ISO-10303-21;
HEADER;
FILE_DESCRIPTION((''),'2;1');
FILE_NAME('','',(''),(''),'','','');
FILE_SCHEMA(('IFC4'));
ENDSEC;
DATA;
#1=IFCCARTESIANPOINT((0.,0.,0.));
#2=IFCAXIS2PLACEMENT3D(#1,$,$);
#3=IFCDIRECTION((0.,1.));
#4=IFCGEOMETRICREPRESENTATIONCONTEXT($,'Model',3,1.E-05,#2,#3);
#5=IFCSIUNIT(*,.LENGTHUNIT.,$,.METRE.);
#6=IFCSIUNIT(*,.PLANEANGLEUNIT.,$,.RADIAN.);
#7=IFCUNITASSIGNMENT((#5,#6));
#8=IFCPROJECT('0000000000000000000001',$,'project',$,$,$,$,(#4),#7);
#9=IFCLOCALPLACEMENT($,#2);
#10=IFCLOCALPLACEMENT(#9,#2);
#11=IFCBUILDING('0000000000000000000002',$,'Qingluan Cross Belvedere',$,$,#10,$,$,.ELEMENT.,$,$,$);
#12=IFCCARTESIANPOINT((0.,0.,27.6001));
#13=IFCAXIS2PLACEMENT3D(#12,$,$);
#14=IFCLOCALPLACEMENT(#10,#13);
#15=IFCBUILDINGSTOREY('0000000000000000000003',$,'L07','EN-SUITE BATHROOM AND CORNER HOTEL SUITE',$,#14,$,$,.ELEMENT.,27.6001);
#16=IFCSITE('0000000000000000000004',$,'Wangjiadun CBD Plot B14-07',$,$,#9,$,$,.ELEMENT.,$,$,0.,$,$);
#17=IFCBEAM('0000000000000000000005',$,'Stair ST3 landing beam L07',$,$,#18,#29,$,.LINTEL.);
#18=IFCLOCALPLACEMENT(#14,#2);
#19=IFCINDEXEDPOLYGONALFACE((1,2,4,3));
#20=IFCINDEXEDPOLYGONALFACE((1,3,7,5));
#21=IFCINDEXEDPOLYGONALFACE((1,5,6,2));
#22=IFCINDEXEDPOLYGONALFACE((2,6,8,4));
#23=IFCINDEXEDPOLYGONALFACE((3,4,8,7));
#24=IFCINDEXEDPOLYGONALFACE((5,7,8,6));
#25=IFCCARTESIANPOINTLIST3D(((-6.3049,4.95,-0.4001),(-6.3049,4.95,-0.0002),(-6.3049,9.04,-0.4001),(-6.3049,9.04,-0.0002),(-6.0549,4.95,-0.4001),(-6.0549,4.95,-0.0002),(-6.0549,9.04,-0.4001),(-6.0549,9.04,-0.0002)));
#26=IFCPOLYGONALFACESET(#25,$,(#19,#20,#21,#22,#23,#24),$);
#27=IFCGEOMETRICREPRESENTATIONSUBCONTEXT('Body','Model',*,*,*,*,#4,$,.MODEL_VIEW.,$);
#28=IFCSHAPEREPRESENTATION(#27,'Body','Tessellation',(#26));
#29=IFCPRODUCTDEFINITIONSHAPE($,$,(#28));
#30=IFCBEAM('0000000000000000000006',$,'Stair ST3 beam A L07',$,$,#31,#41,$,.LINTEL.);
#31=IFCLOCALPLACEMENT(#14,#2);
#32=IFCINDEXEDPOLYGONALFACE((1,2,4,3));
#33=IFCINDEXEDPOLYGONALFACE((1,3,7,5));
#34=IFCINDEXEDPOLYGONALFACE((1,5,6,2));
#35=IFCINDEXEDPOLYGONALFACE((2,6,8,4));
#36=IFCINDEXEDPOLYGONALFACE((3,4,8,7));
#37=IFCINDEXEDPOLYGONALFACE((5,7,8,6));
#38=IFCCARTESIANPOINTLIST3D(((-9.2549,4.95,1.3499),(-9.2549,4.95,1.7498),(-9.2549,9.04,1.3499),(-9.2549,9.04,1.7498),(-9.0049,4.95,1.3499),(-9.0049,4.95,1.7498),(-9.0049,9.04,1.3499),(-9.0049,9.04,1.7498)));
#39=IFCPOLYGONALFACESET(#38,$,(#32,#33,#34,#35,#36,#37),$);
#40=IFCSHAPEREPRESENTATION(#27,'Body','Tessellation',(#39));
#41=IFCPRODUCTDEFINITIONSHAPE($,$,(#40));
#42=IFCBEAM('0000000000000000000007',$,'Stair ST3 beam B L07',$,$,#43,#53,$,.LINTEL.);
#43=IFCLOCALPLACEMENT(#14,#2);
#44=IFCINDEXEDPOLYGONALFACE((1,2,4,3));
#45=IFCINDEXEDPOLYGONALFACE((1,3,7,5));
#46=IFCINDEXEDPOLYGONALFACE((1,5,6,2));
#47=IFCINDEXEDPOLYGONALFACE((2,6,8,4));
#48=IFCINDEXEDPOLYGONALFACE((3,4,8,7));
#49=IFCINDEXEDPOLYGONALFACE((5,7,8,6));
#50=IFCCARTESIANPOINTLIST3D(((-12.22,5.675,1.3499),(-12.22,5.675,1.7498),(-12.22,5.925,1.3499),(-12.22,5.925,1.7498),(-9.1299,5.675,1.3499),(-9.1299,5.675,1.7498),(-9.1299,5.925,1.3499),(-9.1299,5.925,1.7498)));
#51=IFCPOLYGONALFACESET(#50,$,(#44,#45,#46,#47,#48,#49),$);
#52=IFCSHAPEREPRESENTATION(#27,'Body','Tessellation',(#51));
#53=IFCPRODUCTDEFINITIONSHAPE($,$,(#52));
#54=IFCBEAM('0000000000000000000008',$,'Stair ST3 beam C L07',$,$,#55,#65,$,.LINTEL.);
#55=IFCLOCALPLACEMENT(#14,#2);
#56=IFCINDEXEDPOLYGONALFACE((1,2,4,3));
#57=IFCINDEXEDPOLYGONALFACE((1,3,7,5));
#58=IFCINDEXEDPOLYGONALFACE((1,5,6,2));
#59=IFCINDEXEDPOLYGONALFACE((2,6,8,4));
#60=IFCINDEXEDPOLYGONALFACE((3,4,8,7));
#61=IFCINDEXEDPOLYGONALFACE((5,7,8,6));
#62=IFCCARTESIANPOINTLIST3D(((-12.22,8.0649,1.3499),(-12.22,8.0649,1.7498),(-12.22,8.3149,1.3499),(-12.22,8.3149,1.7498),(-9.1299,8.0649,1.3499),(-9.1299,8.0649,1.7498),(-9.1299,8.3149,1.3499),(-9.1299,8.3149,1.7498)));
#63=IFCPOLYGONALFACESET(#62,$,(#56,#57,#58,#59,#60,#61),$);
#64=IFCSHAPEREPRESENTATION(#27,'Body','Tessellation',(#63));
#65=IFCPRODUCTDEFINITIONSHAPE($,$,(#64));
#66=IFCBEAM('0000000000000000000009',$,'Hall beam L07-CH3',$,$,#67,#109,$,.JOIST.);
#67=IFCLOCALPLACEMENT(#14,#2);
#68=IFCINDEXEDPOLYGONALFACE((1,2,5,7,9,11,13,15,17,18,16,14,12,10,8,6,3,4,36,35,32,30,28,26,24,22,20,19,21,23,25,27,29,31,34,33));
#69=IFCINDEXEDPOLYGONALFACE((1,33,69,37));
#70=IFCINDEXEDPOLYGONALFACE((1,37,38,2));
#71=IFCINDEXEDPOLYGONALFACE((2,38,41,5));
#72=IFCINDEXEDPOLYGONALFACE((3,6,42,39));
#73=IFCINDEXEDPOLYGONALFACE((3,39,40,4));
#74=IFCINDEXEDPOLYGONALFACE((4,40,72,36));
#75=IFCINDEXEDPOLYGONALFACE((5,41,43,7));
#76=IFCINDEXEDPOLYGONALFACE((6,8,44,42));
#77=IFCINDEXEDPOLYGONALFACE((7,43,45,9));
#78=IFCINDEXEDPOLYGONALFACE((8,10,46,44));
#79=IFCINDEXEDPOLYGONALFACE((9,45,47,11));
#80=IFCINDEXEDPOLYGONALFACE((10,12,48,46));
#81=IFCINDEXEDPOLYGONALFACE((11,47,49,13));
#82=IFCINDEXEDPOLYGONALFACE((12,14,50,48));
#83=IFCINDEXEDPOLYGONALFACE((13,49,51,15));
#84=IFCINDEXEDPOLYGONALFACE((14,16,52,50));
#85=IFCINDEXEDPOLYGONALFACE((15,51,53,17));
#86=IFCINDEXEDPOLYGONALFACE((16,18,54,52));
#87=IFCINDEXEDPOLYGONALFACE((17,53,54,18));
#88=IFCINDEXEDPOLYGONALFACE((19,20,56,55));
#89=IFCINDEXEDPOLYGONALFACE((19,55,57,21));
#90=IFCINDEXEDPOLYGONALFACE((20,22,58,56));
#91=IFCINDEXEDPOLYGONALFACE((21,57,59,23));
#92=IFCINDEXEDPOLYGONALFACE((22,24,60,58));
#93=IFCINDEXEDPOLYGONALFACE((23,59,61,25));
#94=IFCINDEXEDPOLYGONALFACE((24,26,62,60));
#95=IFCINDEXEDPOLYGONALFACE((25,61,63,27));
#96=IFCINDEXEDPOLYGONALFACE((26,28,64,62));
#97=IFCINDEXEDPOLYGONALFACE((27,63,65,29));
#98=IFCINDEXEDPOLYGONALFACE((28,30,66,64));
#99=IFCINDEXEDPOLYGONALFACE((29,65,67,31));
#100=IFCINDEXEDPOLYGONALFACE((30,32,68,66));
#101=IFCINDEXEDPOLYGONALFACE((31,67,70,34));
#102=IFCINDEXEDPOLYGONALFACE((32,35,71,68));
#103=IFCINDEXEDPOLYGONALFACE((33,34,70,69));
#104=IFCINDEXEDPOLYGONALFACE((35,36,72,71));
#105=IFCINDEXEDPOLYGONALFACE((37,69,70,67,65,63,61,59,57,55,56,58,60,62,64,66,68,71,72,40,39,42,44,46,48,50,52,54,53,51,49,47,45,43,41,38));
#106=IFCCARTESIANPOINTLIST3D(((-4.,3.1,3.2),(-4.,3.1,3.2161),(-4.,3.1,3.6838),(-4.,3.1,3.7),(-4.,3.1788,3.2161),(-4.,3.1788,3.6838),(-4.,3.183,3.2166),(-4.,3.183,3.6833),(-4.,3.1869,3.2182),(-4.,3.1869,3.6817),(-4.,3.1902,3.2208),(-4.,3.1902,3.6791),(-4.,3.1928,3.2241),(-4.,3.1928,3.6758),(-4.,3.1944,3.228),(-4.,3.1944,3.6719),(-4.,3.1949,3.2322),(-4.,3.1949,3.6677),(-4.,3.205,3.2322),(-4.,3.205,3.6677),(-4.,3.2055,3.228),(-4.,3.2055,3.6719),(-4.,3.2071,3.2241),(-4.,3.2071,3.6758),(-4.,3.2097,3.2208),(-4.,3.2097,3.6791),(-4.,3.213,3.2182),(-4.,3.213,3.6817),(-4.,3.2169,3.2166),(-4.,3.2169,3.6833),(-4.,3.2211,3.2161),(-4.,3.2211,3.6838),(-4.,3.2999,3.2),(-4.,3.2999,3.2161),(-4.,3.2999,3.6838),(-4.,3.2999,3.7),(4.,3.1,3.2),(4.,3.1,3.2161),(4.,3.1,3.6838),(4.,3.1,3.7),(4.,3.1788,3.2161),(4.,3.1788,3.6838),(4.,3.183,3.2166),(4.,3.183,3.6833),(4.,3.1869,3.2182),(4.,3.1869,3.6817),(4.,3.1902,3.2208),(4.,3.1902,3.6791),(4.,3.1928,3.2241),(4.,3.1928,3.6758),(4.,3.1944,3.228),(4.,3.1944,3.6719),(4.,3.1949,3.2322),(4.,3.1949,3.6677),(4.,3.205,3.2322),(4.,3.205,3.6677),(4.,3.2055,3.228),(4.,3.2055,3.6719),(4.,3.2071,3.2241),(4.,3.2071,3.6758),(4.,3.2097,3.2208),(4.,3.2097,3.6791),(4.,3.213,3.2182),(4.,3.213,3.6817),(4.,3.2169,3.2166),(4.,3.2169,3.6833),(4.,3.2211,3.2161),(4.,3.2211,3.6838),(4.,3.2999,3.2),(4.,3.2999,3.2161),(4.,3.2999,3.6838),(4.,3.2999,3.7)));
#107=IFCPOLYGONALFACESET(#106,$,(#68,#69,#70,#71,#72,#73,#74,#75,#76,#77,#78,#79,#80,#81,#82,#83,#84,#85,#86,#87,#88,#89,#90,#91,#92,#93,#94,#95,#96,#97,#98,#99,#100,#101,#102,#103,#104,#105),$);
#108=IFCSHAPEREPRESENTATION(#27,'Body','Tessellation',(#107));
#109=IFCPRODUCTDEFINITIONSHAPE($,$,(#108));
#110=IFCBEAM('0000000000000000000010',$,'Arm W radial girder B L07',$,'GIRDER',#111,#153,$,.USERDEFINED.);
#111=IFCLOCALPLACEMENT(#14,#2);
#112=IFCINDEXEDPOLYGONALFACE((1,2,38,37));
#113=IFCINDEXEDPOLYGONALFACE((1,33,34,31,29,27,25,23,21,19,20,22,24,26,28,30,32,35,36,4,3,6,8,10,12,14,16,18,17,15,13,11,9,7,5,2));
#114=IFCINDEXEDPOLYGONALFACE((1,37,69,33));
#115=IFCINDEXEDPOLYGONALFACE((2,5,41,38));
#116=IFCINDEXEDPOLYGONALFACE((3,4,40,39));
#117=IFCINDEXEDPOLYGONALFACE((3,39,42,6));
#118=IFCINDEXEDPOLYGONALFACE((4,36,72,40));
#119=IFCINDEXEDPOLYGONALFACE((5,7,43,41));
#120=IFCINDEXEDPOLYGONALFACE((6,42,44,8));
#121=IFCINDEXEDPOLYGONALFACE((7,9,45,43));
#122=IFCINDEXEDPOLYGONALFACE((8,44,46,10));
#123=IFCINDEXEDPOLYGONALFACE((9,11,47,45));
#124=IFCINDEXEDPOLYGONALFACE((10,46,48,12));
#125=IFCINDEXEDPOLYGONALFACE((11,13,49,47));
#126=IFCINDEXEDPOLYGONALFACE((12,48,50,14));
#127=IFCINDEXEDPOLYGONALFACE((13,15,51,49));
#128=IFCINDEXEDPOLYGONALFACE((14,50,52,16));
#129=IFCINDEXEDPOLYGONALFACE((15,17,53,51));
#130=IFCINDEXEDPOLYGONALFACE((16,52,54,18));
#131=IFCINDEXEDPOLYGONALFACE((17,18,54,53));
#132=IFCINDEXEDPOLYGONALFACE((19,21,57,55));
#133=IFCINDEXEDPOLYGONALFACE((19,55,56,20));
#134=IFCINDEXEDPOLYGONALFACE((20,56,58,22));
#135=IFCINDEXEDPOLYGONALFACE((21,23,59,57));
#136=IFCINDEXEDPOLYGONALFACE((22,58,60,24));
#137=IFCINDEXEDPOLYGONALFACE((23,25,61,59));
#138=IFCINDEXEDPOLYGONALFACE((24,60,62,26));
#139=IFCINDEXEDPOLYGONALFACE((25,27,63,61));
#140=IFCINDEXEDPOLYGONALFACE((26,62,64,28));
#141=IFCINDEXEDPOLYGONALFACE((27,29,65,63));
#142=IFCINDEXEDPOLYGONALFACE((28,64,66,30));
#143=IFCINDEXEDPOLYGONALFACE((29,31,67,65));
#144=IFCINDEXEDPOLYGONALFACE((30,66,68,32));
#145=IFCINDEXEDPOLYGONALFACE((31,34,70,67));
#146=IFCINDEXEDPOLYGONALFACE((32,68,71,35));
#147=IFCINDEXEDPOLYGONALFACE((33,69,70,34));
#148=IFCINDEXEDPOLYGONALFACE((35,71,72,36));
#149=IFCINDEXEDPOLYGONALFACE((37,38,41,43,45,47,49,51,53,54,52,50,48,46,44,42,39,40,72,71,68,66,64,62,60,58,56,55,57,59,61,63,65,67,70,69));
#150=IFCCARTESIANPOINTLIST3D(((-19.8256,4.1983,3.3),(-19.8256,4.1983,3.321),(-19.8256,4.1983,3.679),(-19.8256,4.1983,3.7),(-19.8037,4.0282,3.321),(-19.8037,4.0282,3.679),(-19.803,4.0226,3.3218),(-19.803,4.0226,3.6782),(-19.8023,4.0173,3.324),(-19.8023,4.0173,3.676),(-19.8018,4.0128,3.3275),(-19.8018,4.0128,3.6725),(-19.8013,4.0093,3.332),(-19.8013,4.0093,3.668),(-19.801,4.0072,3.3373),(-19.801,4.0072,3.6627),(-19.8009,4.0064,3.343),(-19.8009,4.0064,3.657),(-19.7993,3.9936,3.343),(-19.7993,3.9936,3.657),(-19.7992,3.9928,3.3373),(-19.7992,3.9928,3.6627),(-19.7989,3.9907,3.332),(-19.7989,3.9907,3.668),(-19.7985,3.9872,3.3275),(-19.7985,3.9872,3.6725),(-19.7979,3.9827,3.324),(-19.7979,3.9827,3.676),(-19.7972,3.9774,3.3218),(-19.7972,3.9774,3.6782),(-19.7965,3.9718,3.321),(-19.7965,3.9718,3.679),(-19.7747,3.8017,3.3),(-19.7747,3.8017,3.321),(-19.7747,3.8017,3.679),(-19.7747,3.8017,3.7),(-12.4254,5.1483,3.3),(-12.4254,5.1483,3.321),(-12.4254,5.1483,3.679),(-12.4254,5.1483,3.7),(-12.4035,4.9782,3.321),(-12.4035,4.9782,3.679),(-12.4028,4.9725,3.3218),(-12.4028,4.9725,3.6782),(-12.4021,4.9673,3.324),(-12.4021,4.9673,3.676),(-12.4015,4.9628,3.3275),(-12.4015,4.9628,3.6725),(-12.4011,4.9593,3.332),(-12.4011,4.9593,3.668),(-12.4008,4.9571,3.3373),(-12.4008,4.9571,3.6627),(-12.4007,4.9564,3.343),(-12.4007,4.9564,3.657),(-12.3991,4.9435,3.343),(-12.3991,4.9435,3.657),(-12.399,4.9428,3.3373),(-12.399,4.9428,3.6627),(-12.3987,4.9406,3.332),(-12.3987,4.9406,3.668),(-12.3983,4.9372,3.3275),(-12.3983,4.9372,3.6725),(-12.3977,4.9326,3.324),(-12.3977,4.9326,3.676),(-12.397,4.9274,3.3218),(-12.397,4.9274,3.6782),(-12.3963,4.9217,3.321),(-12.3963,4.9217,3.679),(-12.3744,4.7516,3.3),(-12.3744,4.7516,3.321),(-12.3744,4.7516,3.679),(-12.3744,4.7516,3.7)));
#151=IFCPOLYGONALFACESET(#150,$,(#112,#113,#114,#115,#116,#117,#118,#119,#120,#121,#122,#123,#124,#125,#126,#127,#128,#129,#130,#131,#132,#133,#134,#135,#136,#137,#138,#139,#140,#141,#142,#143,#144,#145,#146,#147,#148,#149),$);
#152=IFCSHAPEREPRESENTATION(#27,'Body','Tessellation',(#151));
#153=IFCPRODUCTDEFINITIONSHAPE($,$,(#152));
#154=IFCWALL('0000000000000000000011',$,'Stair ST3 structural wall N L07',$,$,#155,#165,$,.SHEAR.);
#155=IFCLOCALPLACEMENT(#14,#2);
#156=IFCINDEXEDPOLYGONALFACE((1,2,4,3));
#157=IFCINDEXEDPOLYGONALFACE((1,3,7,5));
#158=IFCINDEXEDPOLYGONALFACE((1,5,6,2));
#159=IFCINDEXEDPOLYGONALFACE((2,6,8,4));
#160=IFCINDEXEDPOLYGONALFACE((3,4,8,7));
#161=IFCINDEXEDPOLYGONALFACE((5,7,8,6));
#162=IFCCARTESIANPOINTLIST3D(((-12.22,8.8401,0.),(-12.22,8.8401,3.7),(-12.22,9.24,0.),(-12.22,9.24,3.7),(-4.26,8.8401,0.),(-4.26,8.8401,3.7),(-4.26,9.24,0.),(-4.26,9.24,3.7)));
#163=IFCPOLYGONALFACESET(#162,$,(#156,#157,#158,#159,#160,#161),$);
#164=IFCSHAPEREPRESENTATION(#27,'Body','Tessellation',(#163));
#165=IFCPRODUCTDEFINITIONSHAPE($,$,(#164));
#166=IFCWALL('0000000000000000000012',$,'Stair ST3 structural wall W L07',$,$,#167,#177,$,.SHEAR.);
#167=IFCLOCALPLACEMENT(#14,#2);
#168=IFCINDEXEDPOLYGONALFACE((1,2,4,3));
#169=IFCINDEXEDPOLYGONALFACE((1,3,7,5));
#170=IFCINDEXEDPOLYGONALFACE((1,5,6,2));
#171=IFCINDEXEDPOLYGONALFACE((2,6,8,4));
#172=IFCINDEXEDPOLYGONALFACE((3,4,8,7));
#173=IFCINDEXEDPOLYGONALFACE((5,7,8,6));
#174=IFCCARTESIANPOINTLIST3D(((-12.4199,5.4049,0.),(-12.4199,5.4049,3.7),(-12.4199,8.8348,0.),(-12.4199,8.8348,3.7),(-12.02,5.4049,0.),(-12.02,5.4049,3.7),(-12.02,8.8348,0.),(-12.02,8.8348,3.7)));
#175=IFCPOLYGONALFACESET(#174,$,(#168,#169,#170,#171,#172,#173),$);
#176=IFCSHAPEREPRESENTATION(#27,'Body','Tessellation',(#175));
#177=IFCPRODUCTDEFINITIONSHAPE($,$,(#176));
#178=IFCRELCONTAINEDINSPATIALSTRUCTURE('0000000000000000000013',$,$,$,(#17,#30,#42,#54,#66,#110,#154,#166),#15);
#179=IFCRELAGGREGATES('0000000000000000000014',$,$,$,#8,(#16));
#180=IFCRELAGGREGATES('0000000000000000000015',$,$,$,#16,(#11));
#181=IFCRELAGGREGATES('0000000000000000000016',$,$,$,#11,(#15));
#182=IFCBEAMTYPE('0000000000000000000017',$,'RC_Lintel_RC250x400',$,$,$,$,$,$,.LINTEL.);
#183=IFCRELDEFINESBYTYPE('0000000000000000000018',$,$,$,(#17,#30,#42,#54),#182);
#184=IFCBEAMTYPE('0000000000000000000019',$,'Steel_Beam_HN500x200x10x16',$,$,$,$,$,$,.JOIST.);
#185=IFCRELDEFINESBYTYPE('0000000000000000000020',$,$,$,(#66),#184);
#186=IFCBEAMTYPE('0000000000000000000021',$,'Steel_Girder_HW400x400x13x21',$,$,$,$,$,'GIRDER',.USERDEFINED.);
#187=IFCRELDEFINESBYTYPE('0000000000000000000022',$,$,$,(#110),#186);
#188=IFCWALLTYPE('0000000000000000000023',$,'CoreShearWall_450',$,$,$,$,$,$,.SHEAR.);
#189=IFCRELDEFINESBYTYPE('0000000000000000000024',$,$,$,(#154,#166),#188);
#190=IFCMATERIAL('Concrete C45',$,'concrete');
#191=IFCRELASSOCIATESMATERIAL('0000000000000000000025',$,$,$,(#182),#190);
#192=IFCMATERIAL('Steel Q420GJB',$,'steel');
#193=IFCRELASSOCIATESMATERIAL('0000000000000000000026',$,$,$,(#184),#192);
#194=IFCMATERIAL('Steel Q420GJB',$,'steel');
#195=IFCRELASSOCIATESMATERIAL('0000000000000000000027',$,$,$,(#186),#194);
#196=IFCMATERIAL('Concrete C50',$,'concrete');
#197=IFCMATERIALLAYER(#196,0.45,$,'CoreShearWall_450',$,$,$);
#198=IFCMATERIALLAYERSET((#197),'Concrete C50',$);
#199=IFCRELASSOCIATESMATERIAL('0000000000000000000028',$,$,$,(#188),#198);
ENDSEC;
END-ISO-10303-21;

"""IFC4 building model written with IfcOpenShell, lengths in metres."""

from ifc_helpers import new_model, si_unit, direction, frame, frame_2d, origin, origin_2d, place, context, subcontext, project, spatial, rectangle, i_section, extrude, material, layer, layer_set, material_profile, profile_set, type_object, element, save


model = new_model("IFC4")

# Units and contexts
model_context = context("Model", 3, precision=1e-05, world=origin(), true_north=direction((0.0, 1.0)))
body_context = subcontext(model_context, "Body", "Model", "MODEL_VIEW")
ifc_project = project(units=[si_unit("LENGTHUNIT", "METRE"), si_unit("PLANEANGLEUNIT", "RADIAN")], contexts=[model_context])

# Site, building, storey
site_placement = place(None, origin())
site = spatial("IfcSite", under=ifc_project, at=site_placement, Name="Wangjiadun CBD Plot B14-07", CompositionType="ELEMENT", RefElevation=0.0)
building_placement = place(site_placement, origin())
building = spatial("IfcBuilding", under=site, at=building_placement, Name="Qingluan Cross Belvedere", CompositionType="ELEMENT")
storey_placement = place(building_placement, frame((0.0, 0.0, 27.6001)))
storey = spatial("IfcBuildingStorey", under=building, at=storey_placement, Name="L07", Description="EN-SUITE BATHROOM AND CORNER HOTEL SUITE", CompositionType="ELEMENT", Elevation=27.6001)

# Beams
ifc_material_1 = material(Name="Concrete C45", Category="concrete")
ifc_material_profile_1 = material_profile(ifc_material_1, rectangle(XDim=0.25, YDim=0.3999, at=origin_2d()), Name="RC250x400")
ifc_profile_set_1 = profile_set([ifc_material_profile_1], Name="Concrete C45")
beam_type_1 = type_object("IfcBeamType", Name="RC_Lintel_RC250x400", PredefinedType="LINTEL", material=ifc_profile_set_1)
for number, where, z_axis, x_axis, name in (
    (1, (-6.1799, 4.95, -0.2002), (0.0, 1.0, 0.0), (-1.0, 0.0, 0.0), "Stair ST3 landing beam L07"),
    (2, (-9.1299, 4.95, 1.5498), (0.0, 1.0, 0.0), (-1.0, 0.0, 0.0), "Stair ST3 beam A L07"),
):
    element("IfcBeam", number, at=place(storey_placement, frame(where, z_axis=z_axis, x_axis=x_axis)), inside=storey, type_object=beam_type_1, Name=name, PredefinedType="LINTEL", context=body_context, shape_type="SweptSolid", body=[
        extrude(rectangle(XDim=0.25, YDim=0.3999, at=origin_2d()), origin(), (0.0, 0.0, 1.0), 4.0901),
    ])
for number, where, z_axis, x_axis, name in (
    (3, (-12.22, 5.8, 1.5498), (1.0, 0.0, 0.0), (0.0, 1.0, 0.0), "Stair ST3 beam B L07"),
    (4, (-12.22, 8.1899, 1.5498), (1.0, 0.0, 0.0), (0.0, 1.0, 0.0), "Stair ST3 beam C L07"),
):
    element("IfcBeam", number, at=place(storey_placement, frame(where, z_axis=z_axis, x_axis=x_axis)), inside=storey, type_object=beam_type_1, Name=name, PredefinedType="LINTEL", context=body_context, shape_type="SweptSolid", body=[
        extrude(rectangle(XDim=0.25, YDim=0.3999, at=origin_2d()), origin(), (0.0, 0.0, 1.0), 3.0901),
    ])
ifc_material_2 = material(Name="Steel Q420GJB", Category="steel")
ifc_material_profile_2 = material_profile(ifc_material_2, i_section(OverallWidth=0.2, OverallDepth=0.5, WebThickness=0.01, FlangeThickness=0.0161, FilletRadius=0.0161, at=origin_2d()), Name="HN500x200x10x16")
ifc_profile_set_2 = profile_set([ifc_material_profile_2], Name="Steel Q420GJB")
beam_type_2 = type_object("IfcBeamType", Name="Steel_Beam_HN500x200x10x16", PredefinedType="JOIST", material=ifc_profile_set_2)
beam_1_placement = place(storey_placement, frame((-4.0, 3.2, 3.45), z_axis=(1.0, 0.0, 0.0), x_axis=(0.0, 1.0, 0.0)))
element("IfcBeam", 5, at=beam_1_placement, inside=storey, type_object=beam_type_2, Name="Hall beam L07-CH3", PredefinedType="JOIST", context=body_context, shape_type="SweptSolid", body=[
    extrude(i_section(OverallWidth=0.2, OverallDepth=0.5, WebThickness=0.01, FlangeThickness=0.0161, FilletRadius=0.0161, at=origin_2d()), origin(), (0.0, 0.0, 1.0), 8.0),
])
ifc_material_3 = material(Name="Steel Q420GJB", Category="steel")
ifc_material_profile_3 = material_profile(ifc_material_3, i_section(OverallWidth=0.3999, OverallDepth=0.3999, WebThickness=0.0129, FlangeThickness=0.021, FilletRadius=0.022, at=origin_2d()), Name="HW400x400x13x21")
ifc_profile_set_3 = profile_set([ifc_material_profile_3], Name="Steel Q420GJB")
beam_type_3 = type_object("IfcBeamType", Name="Steel_Girder_HW400x400x13x21", ElementType="GIRDER", PredefinedType="USERDEFINED", material=ifc_profile_set_3)
beam_2_placement = place(storey_placement, frame((-12.3999, 4.95, 3.5), z_axis=(-0.991861, -0.127324, 0.0), x_axis=(0.127324, -0.991861, 0.0)))
element("IfcBeam", 6, at=beam_2_placement, inside=storey, type_object=beam_type_3, Name="Arm W radial girder B L07", ObjectType="GIRDER", PredefinedType="USERDEFINED", context=body_context, shape_type="SweptSolid", body=[
    extrude(i_section(OverallWidth=0.3999, OverallDepth=0.3999, WebThickness=0.0129, FlangeThickness=0.021, FilletRadius=0.022, at=origin_2d()), origin(), (0.0, 0.0, 1.0), 7.4609),
])

# Walls
ifc_material_4 = material(Name="Concrete C50", Category="concrete")
ifc_layer_1 = layer(ifc_material_4, 0.45, Name="CoreShearWall_450")
ifc_layer_set_1 = layer_set([ifc_layer_1], Name="Concrete C50")
wall_type_1 = type_object("IfcWallType", Name="CoreShearWall_450", PredefinedType="SHEAR", material=ifc_layer_set_1)
wall_1_placement = place(storey_placement, frame((-12.22, 9.04, 0.0), z_axis=(0.0, 0.0, 1.0), x_axis=(1.0, 0.0, 0.0)))
element("IfcWall", 7, at=wall_1_placement, inside=storey, type_object=wall_type_1, Name="Stair ST3 structural wall N L07", PredefinedType="SHEAR", context=body_context, shape_type="SweptSolid", body=[
    extrude(rectangle(XDim=7.96, YDim=0.3999, at=frame_2d((3.98, 0.0))), origin(), (0.0, 0.0, 1.0), 3.7),
])
wall_2_placement = place(storey_placement, frame((-12.22, 5.405, 0.0), z_axis=(0.0, 0.0, 1.0), x_axis=(0.0, 1.0, 0.0)))
element("IfcWall", 8, at=wall_2_placement, inside=storey, type_object=wall_type_1, Name="Stair ST3 structural wall W L07", PredefinedType="SHEAR", context=body_context, shape_type="SweptSolid", body=[
    extrude(rectangle(XDim=3.4299, YDim=0.3999, at=frame_2d((1.7148, 0.0))), origin(), (0.0, 0.0, 1.0), 3.7),
])

save(model, "model.ifc")
